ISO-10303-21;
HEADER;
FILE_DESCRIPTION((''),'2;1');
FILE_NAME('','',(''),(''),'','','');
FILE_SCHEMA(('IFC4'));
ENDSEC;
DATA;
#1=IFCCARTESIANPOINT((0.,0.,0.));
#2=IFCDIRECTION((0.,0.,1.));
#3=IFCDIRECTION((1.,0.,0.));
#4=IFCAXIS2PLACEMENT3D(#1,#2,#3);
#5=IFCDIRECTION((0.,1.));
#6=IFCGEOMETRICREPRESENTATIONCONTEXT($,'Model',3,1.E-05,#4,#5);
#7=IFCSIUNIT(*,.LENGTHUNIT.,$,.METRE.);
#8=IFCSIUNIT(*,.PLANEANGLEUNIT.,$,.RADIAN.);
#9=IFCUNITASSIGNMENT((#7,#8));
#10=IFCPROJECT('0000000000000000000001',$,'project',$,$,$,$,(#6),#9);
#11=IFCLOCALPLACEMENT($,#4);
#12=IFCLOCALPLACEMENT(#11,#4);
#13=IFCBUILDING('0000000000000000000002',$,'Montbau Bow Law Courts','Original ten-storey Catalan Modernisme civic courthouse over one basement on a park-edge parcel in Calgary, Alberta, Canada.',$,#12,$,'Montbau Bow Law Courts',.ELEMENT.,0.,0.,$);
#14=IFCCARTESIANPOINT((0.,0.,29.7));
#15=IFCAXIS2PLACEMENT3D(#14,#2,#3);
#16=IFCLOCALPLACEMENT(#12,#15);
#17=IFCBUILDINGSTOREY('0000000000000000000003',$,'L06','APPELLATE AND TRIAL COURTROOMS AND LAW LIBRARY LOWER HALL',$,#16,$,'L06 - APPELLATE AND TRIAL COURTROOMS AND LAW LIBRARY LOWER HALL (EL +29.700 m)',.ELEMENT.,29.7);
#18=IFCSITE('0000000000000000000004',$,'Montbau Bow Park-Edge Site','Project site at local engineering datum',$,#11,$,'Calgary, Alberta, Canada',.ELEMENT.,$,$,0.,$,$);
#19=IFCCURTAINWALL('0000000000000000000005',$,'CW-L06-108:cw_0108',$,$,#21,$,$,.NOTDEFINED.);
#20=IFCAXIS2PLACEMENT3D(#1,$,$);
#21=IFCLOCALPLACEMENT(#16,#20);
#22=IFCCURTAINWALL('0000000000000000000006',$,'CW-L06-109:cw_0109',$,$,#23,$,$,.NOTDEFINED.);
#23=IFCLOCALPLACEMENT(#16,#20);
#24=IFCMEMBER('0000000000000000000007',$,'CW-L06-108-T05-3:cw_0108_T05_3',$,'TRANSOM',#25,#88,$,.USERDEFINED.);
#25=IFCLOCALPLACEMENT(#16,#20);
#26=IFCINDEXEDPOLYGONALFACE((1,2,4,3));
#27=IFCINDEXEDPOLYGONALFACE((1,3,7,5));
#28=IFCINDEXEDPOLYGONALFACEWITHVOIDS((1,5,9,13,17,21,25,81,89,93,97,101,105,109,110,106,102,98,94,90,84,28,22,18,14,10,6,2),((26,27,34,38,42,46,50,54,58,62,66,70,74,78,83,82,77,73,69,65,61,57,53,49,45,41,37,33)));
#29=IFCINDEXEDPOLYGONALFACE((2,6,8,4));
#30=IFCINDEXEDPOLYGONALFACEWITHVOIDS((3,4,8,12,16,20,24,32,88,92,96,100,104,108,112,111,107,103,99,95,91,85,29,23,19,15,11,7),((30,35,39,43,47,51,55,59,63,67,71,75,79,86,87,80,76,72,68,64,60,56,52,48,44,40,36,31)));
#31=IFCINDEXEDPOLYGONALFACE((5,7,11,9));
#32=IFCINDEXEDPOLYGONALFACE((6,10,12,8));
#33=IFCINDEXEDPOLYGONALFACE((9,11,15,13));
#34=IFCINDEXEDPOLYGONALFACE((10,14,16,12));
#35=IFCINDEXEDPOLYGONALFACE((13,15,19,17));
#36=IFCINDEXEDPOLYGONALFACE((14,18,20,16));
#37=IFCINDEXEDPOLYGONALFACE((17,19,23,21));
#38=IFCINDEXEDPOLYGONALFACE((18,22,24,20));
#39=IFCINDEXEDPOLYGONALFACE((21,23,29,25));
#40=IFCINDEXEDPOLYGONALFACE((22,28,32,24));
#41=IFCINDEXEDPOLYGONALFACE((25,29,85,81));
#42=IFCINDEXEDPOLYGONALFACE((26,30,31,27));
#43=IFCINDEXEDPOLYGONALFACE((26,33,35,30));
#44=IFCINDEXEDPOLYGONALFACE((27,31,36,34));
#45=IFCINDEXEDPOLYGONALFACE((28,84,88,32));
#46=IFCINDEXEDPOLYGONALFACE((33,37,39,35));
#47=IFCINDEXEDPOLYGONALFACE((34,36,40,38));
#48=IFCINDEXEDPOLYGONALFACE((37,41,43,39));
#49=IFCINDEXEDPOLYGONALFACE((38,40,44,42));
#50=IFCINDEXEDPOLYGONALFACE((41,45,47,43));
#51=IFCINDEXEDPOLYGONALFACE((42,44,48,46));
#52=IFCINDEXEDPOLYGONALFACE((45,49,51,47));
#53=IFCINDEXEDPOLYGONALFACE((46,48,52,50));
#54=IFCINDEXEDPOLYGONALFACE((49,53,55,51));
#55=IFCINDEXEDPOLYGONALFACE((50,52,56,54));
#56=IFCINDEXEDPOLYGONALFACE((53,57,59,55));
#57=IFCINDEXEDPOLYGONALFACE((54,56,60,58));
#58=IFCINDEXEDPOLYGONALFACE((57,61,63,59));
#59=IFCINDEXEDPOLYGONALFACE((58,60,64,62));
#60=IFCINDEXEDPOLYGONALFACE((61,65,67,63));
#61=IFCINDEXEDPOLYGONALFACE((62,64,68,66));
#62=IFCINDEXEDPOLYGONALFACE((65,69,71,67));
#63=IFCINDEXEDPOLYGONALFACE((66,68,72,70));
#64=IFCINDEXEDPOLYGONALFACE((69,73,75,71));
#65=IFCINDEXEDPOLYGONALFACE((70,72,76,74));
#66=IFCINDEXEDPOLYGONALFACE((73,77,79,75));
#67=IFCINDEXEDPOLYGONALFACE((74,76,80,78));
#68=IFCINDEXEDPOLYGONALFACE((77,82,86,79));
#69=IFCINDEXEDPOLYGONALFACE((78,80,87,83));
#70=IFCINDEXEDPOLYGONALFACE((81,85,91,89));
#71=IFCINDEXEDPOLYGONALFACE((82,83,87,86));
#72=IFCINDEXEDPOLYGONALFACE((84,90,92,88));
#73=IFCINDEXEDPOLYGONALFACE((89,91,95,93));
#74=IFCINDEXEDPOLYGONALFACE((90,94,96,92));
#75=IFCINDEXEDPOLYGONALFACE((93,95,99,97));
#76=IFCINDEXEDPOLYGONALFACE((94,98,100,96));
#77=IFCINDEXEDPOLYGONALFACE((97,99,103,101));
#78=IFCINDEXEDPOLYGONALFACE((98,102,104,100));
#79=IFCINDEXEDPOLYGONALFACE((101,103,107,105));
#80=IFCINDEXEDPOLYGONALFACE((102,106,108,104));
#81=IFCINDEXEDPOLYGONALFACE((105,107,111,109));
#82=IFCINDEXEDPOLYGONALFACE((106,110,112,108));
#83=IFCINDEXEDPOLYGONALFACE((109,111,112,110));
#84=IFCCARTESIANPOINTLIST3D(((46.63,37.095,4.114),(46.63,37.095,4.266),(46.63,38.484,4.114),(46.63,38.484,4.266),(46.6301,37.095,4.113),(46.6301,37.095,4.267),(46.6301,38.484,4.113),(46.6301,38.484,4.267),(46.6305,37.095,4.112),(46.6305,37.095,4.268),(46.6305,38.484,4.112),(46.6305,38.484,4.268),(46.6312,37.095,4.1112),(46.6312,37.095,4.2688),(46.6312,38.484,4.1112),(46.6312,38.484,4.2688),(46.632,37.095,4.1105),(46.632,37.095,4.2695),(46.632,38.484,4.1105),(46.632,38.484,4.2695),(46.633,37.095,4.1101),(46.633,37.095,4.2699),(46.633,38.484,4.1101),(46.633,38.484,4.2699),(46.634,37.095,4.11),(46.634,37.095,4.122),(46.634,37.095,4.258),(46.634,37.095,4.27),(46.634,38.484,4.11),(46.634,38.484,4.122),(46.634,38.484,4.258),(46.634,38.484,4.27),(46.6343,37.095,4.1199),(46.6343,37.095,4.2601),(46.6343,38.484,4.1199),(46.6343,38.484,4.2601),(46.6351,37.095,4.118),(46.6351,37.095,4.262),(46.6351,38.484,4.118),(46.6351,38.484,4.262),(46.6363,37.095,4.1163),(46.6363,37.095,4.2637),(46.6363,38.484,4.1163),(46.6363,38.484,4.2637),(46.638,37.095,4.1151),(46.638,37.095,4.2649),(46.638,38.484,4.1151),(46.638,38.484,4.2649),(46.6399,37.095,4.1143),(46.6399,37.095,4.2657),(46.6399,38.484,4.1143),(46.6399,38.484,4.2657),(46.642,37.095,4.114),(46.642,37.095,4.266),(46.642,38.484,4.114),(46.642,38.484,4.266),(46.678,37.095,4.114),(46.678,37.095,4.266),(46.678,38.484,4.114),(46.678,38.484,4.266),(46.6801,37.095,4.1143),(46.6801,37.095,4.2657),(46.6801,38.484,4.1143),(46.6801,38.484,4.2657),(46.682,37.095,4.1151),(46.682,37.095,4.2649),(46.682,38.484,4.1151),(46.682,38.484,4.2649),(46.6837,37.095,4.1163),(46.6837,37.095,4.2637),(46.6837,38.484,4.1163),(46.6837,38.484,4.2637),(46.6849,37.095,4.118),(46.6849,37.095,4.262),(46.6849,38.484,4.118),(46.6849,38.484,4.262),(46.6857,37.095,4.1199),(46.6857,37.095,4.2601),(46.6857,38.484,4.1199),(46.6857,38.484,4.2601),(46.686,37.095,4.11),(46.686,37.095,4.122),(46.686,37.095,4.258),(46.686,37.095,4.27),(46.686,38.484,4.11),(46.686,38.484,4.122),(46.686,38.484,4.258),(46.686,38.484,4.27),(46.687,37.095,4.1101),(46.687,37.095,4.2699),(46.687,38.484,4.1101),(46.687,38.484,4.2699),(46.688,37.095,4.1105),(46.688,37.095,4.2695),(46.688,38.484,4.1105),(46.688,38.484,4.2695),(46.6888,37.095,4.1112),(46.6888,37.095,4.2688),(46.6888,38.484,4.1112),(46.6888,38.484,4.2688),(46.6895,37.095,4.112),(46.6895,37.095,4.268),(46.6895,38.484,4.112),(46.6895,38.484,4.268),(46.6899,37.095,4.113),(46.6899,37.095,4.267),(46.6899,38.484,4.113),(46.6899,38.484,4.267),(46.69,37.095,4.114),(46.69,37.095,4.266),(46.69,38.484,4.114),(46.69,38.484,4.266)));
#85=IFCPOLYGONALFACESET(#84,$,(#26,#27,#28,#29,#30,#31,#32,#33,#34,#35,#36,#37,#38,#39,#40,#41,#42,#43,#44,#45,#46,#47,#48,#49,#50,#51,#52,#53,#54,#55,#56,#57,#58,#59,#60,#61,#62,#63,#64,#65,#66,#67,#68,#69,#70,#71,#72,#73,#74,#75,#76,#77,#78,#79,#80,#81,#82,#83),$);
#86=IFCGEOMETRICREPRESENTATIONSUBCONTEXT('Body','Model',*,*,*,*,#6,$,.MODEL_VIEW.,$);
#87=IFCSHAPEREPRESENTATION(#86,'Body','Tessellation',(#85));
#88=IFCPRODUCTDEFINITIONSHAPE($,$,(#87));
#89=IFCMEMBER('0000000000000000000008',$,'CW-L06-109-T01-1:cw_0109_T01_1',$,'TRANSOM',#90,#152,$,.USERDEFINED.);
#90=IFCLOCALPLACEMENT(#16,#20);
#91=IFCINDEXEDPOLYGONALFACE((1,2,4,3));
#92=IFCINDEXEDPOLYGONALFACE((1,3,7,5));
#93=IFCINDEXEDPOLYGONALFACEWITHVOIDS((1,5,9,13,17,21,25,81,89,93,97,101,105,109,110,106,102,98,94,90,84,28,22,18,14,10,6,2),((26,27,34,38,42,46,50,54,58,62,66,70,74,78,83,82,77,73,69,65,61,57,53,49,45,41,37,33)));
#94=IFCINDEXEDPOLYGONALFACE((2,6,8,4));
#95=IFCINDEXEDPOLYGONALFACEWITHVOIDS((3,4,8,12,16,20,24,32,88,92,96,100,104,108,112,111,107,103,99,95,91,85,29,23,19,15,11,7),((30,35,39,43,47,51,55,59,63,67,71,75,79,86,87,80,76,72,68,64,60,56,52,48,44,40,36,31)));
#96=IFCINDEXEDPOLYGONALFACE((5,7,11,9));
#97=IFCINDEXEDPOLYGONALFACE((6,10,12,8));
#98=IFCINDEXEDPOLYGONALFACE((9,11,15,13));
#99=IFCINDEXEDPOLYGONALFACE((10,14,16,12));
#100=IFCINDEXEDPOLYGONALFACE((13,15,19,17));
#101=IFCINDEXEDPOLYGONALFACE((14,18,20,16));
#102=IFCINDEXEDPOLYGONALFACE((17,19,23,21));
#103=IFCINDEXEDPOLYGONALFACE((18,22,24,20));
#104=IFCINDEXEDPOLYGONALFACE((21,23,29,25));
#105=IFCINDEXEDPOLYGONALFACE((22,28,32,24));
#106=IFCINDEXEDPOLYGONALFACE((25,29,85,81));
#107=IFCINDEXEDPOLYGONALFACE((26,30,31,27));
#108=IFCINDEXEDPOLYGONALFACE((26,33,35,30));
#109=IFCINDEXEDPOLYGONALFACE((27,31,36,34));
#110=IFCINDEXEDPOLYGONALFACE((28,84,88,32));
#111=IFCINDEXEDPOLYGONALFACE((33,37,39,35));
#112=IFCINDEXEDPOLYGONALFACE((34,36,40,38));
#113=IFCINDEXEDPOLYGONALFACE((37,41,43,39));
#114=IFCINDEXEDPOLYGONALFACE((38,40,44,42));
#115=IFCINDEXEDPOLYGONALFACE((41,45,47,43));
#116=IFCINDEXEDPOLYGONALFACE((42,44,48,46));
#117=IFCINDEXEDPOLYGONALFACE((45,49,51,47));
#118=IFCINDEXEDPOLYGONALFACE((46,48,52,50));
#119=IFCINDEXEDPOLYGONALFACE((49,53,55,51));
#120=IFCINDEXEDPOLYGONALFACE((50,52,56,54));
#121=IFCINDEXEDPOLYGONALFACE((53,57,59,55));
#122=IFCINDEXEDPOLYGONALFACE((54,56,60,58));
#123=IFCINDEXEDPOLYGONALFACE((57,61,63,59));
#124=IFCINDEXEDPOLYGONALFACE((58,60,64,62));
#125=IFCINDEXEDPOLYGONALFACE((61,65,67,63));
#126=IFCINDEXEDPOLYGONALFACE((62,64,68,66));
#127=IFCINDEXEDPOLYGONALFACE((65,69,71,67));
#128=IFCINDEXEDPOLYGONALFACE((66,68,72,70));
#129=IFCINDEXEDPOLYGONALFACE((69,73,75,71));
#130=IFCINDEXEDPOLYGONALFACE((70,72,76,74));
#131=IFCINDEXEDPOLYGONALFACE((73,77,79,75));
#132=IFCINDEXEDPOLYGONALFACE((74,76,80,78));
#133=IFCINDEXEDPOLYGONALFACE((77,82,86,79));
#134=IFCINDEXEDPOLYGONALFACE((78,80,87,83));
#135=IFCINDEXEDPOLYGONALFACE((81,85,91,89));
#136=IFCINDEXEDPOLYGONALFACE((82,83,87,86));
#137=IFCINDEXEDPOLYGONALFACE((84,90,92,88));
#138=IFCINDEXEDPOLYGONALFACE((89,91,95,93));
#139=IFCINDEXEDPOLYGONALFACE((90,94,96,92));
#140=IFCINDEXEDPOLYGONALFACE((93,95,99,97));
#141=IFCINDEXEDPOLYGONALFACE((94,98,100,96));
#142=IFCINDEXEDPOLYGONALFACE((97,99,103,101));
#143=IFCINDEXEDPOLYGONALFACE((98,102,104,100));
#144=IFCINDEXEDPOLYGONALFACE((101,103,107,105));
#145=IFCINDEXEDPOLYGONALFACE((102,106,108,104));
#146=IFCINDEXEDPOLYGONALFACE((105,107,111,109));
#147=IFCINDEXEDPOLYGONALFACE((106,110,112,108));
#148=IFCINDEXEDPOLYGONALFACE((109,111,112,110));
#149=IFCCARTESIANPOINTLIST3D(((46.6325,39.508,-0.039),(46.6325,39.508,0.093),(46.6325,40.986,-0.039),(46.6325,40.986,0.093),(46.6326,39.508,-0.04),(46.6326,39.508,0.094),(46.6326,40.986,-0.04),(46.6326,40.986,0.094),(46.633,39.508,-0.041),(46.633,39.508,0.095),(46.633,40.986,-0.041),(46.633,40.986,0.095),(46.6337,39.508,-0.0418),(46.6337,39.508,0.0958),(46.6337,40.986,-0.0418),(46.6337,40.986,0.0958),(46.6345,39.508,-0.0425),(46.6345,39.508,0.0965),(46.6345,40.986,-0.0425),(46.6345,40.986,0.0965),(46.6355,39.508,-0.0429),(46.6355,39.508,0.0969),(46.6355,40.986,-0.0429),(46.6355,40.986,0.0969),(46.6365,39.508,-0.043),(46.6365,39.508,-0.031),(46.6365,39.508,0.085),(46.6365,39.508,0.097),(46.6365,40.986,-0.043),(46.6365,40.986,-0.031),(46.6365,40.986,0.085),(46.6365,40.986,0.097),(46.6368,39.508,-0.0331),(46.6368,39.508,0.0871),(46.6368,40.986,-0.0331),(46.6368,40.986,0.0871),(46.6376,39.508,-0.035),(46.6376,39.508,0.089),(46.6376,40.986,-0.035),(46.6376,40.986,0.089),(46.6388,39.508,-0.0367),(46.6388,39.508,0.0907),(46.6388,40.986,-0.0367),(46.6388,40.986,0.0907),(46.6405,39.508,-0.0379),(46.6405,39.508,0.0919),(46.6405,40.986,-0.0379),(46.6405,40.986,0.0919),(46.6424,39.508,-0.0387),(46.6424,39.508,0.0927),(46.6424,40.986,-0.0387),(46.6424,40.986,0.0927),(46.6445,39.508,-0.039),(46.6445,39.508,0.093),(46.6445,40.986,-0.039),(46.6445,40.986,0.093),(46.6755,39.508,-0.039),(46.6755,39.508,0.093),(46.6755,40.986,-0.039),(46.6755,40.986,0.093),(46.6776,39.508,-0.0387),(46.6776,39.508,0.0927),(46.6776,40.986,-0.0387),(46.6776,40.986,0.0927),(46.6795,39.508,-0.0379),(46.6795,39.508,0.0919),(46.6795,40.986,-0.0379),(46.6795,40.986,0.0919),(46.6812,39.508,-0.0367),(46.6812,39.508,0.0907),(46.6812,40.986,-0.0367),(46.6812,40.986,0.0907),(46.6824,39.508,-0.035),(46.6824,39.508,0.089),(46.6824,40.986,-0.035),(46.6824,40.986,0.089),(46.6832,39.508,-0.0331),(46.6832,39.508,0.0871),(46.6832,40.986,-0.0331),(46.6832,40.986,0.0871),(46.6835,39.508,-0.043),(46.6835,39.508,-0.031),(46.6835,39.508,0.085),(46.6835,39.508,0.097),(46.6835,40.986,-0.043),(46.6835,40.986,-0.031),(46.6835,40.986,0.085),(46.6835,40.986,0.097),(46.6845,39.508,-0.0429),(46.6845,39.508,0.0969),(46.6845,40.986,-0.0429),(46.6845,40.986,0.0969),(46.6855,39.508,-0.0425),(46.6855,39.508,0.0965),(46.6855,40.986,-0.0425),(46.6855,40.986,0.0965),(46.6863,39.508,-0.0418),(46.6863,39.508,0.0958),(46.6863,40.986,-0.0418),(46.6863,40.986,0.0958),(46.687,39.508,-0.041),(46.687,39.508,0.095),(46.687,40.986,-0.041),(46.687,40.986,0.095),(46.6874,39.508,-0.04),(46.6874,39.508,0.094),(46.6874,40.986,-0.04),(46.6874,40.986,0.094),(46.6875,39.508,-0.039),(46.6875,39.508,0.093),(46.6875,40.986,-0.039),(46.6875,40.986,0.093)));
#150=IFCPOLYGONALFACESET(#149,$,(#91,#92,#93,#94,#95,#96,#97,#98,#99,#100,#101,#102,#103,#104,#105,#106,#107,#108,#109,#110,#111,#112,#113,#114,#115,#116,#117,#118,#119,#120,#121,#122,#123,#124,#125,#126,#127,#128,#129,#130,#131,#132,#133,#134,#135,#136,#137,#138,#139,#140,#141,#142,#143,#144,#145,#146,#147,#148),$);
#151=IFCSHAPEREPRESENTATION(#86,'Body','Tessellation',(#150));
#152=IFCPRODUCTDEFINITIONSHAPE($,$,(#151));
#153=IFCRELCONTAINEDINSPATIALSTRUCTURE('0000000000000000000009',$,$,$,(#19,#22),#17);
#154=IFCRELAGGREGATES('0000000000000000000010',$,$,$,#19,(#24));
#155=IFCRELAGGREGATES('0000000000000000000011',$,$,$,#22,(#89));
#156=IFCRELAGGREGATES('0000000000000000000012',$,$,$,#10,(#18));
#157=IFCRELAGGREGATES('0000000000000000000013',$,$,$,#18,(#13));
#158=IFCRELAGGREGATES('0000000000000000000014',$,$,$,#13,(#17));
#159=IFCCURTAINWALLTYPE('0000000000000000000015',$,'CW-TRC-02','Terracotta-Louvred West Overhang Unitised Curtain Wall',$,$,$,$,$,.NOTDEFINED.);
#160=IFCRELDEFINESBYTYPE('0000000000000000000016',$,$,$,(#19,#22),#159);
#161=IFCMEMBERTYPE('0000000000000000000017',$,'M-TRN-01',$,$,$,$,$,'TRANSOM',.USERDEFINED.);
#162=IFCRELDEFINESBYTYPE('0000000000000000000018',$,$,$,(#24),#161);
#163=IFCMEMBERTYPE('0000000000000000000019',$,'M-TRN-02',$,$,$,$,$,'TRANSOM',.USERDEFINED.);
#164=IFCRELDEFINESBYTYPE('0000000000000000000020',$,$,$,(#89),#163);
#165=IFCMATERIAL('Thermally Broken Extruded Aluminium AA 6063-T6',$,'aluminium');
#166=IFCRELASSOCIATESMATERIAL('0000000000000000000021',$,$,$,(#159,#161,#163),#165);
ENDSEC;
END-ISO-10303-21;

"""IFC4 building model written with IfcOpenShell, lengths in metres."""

from ifc_helpers import new_model, si_unit, direction, frame, origin_with_axes, origin_2d_with_axis, place, context, subcontext, project, spatial, hollow_rectangle, extrude, material, material_profile, profile_set, type_object, element, aggregate, save


model = new_model("IFC4")

# Units and contexts
model_context = context("Model", 3, precision=1e-05, world=origin_with_axes(), true_north=direction((0.0, 1.0)))
body_context = subcontext(model_context, "Body", "Model", "MODEL_VIEW")
ifc_project = project(units=[si_unit("LENGTHUNIT", "METRE"), si_unit("PLANEANGLEUNIT", "RADIAN")], contexts=[model_context])

# Site, building, storey
site_placement = place(None, origin_with_axes())
site = spatial("IfcSite", under=ifc_project, at=site_placement, Name="Montbau Bow Park-Edge Site", Description="Project site at local engineering datum", LongName="Calgary, Alberta, Canada", CompositionType="ELEMENT", RefElevation=0.0)
building_placement = place(site_placement, origin_with_axes())
building = spatial("IfcBuilding", under=site, at=building_placement, Name="Montbau Bow Law Courts", Description="Original ten-storey Catalan Modernisme civic courthouse over one basement on a park-edge parcel in Calgary, Alberta, Canada.", LongName="Montbau Bow Law Courts", CompositionType="ELEMENT", ElevationOfRefHeight=0.0, ElevationOfTerrain=0.0)
storey_placement = place(building_placement, frame((0.0, 0.0, 29.7), z_axis=(0.0, 0.0, 1.0), x_axis=(1.0, 0.0, 0.0)))
storey = spatial("IfcBuildingStorey", under=building, at=storey_placement, Name="L06", Description="APPELLATE AND TRIAL COURTROOMS AND LAW LIBRARY LOWER HALL", LongName="L06 - APPELLATE AND TRIAL COURTROOMS AND LAW LIBRARY LOWER HALL (EL +29.700 m)", CompositionType="ELEMENT", Elevation=29.7)

# Curtain wall
ifc_material_1 = material(Name="Thermally Broken Extruded Aluminium AA 6063-T6", Category="aluminium")
curtain_wall_type = type_object("IfcCurtainWallType", Name="CW-TRC-02", Description="Terracotta-Louvred West Overhang Unitised Curtain Wall", PredefinedType="NOTDEFINED", material=ifc_material_1)
curtain_wall_1_placement = place(None, frame((46.66, 31.04, 29.7), z_axis=(0.0, 0.0, 1.0), x_axis=(1.0, 0.0, 0.0)))
curtain_wall_1 = element("IfcCurtainWall", 1, at=curtain_wall_1_placement, inside=storey, type_object=curtain_wall_type, Name="CW-L06-108:cw_0108", PredefinedType="NOTDEFINED")

# Curtain wall
curtain_wall_2_placement = place(None, frame((46.66, 39.44, 29.7), z_axis=(0.0, 0.0, 1.0), x_axis=(1.0, 0.0, 0.0)))
curtain_wall_2 = element("IfcCurtainWall", 2, at=curtain_wall_2_placement, inside=storey, type_object=curtain_wall_type, Name="CW-L06-109:cw_0109", PredefinedType="NOTDEFINED")

# Members
ifc_material_profile_1 = material_profile(ifc_material_1, hollow_rectangle(XDim=0.06, YDim=0.16, WallThickness=0.004, InnerFilletRadius=0.008, OuterFilletRadius=0.004, at=origin_2d_with_axis()), Name="CWT-160X60", Category="Main", Priority=0)
ifc_profile_set_1 = profile_set([ifc_material_profile_1], Name="Thermally Broken Extruded Aluminium AA 6063-T6")
member_type_1 = type_object("IfcMemberType", Name="M-TRN-01", ElementType="TRANSOM", PredefinedType="USERDEFINED", material=ifc_profile_set_1)
member_1_placement = place(None, frame((46.66, 37.095, 33.89), z_axis=(0.0, 1.0, 0.0), x_axis=(-1.0, 0.0, 0.0)))
member_1 = element("IfcMember", 3, at=member_1_placement, type_object=member_type_1, Name="CW-L06-108-T05-3:cw_0108_T05_3", ObjectType="TRANSOM", PredefinedType="USERDEFINED", context=body_context, shape_type="SweptSolid", body=[
    extrude(hollow_rectangle(XDim=0.06, YDim=0.16, WallThickness=0.004, InnerFilletRadius=0.008, OuterFilletRadius=0.004, at=origin_2d_with_axis()), origin_with_axes(), (0.0, 0.0, 1.0), 1.389),
])
ifc_material_profile_2 = material_profile(ifc_material_1, hollow_rectangle(XDim=0.055, YDim=0.14, WallThickness=0.004, InnerFilletRadius=0.008, OuterFilletRadius=0.004, at=origin_2d_with_axis()), Name="CWT-140X55", Category="Main", Priority=0)
ifc_profile_set_2 = profile_set([ifc_material_profile_2], Name="Thermally Broken Extruded Aluminium AA 6063-T6")
member_type_2 = type_object("IfcMemberType", Name="M-TRN-02", ElementType="TRANSOM", PredefinedType="USERDEFINED", material=ifc_profile_set_2)
member_2_placement = place(None, frame((46.66, 39.508, 29.727), z_axis=(0.0, 1.0, 0.0), x_axis=(-1.0, 0.0, 0.0)))
member_2 = element("IfcMember", 4, at=member_2_placement, type_object=member_type_2, Name="CW-L06-109-T01-1:cw_0109_T01_1", ObjectType="TRANSOM", PredefinedType="USERDEFINED", context=body_context, shape_type="SweptSolid", body=[
    extrude(hollow_rectangle(XDim=0.055, YDim=0.14, WallThickness=0.004, InnerFilletRadius=0.008, OuterFilletRadius=0.004, at=origin_2d_with_axis()), origin_with_axes(), (0.0, 0.0, 1.0), 1.478),
])

aggregate(curtain_wall_1, [member_1])
aggregate(curtain_wall_2, [member_2])

save(model, "model.ifc")
